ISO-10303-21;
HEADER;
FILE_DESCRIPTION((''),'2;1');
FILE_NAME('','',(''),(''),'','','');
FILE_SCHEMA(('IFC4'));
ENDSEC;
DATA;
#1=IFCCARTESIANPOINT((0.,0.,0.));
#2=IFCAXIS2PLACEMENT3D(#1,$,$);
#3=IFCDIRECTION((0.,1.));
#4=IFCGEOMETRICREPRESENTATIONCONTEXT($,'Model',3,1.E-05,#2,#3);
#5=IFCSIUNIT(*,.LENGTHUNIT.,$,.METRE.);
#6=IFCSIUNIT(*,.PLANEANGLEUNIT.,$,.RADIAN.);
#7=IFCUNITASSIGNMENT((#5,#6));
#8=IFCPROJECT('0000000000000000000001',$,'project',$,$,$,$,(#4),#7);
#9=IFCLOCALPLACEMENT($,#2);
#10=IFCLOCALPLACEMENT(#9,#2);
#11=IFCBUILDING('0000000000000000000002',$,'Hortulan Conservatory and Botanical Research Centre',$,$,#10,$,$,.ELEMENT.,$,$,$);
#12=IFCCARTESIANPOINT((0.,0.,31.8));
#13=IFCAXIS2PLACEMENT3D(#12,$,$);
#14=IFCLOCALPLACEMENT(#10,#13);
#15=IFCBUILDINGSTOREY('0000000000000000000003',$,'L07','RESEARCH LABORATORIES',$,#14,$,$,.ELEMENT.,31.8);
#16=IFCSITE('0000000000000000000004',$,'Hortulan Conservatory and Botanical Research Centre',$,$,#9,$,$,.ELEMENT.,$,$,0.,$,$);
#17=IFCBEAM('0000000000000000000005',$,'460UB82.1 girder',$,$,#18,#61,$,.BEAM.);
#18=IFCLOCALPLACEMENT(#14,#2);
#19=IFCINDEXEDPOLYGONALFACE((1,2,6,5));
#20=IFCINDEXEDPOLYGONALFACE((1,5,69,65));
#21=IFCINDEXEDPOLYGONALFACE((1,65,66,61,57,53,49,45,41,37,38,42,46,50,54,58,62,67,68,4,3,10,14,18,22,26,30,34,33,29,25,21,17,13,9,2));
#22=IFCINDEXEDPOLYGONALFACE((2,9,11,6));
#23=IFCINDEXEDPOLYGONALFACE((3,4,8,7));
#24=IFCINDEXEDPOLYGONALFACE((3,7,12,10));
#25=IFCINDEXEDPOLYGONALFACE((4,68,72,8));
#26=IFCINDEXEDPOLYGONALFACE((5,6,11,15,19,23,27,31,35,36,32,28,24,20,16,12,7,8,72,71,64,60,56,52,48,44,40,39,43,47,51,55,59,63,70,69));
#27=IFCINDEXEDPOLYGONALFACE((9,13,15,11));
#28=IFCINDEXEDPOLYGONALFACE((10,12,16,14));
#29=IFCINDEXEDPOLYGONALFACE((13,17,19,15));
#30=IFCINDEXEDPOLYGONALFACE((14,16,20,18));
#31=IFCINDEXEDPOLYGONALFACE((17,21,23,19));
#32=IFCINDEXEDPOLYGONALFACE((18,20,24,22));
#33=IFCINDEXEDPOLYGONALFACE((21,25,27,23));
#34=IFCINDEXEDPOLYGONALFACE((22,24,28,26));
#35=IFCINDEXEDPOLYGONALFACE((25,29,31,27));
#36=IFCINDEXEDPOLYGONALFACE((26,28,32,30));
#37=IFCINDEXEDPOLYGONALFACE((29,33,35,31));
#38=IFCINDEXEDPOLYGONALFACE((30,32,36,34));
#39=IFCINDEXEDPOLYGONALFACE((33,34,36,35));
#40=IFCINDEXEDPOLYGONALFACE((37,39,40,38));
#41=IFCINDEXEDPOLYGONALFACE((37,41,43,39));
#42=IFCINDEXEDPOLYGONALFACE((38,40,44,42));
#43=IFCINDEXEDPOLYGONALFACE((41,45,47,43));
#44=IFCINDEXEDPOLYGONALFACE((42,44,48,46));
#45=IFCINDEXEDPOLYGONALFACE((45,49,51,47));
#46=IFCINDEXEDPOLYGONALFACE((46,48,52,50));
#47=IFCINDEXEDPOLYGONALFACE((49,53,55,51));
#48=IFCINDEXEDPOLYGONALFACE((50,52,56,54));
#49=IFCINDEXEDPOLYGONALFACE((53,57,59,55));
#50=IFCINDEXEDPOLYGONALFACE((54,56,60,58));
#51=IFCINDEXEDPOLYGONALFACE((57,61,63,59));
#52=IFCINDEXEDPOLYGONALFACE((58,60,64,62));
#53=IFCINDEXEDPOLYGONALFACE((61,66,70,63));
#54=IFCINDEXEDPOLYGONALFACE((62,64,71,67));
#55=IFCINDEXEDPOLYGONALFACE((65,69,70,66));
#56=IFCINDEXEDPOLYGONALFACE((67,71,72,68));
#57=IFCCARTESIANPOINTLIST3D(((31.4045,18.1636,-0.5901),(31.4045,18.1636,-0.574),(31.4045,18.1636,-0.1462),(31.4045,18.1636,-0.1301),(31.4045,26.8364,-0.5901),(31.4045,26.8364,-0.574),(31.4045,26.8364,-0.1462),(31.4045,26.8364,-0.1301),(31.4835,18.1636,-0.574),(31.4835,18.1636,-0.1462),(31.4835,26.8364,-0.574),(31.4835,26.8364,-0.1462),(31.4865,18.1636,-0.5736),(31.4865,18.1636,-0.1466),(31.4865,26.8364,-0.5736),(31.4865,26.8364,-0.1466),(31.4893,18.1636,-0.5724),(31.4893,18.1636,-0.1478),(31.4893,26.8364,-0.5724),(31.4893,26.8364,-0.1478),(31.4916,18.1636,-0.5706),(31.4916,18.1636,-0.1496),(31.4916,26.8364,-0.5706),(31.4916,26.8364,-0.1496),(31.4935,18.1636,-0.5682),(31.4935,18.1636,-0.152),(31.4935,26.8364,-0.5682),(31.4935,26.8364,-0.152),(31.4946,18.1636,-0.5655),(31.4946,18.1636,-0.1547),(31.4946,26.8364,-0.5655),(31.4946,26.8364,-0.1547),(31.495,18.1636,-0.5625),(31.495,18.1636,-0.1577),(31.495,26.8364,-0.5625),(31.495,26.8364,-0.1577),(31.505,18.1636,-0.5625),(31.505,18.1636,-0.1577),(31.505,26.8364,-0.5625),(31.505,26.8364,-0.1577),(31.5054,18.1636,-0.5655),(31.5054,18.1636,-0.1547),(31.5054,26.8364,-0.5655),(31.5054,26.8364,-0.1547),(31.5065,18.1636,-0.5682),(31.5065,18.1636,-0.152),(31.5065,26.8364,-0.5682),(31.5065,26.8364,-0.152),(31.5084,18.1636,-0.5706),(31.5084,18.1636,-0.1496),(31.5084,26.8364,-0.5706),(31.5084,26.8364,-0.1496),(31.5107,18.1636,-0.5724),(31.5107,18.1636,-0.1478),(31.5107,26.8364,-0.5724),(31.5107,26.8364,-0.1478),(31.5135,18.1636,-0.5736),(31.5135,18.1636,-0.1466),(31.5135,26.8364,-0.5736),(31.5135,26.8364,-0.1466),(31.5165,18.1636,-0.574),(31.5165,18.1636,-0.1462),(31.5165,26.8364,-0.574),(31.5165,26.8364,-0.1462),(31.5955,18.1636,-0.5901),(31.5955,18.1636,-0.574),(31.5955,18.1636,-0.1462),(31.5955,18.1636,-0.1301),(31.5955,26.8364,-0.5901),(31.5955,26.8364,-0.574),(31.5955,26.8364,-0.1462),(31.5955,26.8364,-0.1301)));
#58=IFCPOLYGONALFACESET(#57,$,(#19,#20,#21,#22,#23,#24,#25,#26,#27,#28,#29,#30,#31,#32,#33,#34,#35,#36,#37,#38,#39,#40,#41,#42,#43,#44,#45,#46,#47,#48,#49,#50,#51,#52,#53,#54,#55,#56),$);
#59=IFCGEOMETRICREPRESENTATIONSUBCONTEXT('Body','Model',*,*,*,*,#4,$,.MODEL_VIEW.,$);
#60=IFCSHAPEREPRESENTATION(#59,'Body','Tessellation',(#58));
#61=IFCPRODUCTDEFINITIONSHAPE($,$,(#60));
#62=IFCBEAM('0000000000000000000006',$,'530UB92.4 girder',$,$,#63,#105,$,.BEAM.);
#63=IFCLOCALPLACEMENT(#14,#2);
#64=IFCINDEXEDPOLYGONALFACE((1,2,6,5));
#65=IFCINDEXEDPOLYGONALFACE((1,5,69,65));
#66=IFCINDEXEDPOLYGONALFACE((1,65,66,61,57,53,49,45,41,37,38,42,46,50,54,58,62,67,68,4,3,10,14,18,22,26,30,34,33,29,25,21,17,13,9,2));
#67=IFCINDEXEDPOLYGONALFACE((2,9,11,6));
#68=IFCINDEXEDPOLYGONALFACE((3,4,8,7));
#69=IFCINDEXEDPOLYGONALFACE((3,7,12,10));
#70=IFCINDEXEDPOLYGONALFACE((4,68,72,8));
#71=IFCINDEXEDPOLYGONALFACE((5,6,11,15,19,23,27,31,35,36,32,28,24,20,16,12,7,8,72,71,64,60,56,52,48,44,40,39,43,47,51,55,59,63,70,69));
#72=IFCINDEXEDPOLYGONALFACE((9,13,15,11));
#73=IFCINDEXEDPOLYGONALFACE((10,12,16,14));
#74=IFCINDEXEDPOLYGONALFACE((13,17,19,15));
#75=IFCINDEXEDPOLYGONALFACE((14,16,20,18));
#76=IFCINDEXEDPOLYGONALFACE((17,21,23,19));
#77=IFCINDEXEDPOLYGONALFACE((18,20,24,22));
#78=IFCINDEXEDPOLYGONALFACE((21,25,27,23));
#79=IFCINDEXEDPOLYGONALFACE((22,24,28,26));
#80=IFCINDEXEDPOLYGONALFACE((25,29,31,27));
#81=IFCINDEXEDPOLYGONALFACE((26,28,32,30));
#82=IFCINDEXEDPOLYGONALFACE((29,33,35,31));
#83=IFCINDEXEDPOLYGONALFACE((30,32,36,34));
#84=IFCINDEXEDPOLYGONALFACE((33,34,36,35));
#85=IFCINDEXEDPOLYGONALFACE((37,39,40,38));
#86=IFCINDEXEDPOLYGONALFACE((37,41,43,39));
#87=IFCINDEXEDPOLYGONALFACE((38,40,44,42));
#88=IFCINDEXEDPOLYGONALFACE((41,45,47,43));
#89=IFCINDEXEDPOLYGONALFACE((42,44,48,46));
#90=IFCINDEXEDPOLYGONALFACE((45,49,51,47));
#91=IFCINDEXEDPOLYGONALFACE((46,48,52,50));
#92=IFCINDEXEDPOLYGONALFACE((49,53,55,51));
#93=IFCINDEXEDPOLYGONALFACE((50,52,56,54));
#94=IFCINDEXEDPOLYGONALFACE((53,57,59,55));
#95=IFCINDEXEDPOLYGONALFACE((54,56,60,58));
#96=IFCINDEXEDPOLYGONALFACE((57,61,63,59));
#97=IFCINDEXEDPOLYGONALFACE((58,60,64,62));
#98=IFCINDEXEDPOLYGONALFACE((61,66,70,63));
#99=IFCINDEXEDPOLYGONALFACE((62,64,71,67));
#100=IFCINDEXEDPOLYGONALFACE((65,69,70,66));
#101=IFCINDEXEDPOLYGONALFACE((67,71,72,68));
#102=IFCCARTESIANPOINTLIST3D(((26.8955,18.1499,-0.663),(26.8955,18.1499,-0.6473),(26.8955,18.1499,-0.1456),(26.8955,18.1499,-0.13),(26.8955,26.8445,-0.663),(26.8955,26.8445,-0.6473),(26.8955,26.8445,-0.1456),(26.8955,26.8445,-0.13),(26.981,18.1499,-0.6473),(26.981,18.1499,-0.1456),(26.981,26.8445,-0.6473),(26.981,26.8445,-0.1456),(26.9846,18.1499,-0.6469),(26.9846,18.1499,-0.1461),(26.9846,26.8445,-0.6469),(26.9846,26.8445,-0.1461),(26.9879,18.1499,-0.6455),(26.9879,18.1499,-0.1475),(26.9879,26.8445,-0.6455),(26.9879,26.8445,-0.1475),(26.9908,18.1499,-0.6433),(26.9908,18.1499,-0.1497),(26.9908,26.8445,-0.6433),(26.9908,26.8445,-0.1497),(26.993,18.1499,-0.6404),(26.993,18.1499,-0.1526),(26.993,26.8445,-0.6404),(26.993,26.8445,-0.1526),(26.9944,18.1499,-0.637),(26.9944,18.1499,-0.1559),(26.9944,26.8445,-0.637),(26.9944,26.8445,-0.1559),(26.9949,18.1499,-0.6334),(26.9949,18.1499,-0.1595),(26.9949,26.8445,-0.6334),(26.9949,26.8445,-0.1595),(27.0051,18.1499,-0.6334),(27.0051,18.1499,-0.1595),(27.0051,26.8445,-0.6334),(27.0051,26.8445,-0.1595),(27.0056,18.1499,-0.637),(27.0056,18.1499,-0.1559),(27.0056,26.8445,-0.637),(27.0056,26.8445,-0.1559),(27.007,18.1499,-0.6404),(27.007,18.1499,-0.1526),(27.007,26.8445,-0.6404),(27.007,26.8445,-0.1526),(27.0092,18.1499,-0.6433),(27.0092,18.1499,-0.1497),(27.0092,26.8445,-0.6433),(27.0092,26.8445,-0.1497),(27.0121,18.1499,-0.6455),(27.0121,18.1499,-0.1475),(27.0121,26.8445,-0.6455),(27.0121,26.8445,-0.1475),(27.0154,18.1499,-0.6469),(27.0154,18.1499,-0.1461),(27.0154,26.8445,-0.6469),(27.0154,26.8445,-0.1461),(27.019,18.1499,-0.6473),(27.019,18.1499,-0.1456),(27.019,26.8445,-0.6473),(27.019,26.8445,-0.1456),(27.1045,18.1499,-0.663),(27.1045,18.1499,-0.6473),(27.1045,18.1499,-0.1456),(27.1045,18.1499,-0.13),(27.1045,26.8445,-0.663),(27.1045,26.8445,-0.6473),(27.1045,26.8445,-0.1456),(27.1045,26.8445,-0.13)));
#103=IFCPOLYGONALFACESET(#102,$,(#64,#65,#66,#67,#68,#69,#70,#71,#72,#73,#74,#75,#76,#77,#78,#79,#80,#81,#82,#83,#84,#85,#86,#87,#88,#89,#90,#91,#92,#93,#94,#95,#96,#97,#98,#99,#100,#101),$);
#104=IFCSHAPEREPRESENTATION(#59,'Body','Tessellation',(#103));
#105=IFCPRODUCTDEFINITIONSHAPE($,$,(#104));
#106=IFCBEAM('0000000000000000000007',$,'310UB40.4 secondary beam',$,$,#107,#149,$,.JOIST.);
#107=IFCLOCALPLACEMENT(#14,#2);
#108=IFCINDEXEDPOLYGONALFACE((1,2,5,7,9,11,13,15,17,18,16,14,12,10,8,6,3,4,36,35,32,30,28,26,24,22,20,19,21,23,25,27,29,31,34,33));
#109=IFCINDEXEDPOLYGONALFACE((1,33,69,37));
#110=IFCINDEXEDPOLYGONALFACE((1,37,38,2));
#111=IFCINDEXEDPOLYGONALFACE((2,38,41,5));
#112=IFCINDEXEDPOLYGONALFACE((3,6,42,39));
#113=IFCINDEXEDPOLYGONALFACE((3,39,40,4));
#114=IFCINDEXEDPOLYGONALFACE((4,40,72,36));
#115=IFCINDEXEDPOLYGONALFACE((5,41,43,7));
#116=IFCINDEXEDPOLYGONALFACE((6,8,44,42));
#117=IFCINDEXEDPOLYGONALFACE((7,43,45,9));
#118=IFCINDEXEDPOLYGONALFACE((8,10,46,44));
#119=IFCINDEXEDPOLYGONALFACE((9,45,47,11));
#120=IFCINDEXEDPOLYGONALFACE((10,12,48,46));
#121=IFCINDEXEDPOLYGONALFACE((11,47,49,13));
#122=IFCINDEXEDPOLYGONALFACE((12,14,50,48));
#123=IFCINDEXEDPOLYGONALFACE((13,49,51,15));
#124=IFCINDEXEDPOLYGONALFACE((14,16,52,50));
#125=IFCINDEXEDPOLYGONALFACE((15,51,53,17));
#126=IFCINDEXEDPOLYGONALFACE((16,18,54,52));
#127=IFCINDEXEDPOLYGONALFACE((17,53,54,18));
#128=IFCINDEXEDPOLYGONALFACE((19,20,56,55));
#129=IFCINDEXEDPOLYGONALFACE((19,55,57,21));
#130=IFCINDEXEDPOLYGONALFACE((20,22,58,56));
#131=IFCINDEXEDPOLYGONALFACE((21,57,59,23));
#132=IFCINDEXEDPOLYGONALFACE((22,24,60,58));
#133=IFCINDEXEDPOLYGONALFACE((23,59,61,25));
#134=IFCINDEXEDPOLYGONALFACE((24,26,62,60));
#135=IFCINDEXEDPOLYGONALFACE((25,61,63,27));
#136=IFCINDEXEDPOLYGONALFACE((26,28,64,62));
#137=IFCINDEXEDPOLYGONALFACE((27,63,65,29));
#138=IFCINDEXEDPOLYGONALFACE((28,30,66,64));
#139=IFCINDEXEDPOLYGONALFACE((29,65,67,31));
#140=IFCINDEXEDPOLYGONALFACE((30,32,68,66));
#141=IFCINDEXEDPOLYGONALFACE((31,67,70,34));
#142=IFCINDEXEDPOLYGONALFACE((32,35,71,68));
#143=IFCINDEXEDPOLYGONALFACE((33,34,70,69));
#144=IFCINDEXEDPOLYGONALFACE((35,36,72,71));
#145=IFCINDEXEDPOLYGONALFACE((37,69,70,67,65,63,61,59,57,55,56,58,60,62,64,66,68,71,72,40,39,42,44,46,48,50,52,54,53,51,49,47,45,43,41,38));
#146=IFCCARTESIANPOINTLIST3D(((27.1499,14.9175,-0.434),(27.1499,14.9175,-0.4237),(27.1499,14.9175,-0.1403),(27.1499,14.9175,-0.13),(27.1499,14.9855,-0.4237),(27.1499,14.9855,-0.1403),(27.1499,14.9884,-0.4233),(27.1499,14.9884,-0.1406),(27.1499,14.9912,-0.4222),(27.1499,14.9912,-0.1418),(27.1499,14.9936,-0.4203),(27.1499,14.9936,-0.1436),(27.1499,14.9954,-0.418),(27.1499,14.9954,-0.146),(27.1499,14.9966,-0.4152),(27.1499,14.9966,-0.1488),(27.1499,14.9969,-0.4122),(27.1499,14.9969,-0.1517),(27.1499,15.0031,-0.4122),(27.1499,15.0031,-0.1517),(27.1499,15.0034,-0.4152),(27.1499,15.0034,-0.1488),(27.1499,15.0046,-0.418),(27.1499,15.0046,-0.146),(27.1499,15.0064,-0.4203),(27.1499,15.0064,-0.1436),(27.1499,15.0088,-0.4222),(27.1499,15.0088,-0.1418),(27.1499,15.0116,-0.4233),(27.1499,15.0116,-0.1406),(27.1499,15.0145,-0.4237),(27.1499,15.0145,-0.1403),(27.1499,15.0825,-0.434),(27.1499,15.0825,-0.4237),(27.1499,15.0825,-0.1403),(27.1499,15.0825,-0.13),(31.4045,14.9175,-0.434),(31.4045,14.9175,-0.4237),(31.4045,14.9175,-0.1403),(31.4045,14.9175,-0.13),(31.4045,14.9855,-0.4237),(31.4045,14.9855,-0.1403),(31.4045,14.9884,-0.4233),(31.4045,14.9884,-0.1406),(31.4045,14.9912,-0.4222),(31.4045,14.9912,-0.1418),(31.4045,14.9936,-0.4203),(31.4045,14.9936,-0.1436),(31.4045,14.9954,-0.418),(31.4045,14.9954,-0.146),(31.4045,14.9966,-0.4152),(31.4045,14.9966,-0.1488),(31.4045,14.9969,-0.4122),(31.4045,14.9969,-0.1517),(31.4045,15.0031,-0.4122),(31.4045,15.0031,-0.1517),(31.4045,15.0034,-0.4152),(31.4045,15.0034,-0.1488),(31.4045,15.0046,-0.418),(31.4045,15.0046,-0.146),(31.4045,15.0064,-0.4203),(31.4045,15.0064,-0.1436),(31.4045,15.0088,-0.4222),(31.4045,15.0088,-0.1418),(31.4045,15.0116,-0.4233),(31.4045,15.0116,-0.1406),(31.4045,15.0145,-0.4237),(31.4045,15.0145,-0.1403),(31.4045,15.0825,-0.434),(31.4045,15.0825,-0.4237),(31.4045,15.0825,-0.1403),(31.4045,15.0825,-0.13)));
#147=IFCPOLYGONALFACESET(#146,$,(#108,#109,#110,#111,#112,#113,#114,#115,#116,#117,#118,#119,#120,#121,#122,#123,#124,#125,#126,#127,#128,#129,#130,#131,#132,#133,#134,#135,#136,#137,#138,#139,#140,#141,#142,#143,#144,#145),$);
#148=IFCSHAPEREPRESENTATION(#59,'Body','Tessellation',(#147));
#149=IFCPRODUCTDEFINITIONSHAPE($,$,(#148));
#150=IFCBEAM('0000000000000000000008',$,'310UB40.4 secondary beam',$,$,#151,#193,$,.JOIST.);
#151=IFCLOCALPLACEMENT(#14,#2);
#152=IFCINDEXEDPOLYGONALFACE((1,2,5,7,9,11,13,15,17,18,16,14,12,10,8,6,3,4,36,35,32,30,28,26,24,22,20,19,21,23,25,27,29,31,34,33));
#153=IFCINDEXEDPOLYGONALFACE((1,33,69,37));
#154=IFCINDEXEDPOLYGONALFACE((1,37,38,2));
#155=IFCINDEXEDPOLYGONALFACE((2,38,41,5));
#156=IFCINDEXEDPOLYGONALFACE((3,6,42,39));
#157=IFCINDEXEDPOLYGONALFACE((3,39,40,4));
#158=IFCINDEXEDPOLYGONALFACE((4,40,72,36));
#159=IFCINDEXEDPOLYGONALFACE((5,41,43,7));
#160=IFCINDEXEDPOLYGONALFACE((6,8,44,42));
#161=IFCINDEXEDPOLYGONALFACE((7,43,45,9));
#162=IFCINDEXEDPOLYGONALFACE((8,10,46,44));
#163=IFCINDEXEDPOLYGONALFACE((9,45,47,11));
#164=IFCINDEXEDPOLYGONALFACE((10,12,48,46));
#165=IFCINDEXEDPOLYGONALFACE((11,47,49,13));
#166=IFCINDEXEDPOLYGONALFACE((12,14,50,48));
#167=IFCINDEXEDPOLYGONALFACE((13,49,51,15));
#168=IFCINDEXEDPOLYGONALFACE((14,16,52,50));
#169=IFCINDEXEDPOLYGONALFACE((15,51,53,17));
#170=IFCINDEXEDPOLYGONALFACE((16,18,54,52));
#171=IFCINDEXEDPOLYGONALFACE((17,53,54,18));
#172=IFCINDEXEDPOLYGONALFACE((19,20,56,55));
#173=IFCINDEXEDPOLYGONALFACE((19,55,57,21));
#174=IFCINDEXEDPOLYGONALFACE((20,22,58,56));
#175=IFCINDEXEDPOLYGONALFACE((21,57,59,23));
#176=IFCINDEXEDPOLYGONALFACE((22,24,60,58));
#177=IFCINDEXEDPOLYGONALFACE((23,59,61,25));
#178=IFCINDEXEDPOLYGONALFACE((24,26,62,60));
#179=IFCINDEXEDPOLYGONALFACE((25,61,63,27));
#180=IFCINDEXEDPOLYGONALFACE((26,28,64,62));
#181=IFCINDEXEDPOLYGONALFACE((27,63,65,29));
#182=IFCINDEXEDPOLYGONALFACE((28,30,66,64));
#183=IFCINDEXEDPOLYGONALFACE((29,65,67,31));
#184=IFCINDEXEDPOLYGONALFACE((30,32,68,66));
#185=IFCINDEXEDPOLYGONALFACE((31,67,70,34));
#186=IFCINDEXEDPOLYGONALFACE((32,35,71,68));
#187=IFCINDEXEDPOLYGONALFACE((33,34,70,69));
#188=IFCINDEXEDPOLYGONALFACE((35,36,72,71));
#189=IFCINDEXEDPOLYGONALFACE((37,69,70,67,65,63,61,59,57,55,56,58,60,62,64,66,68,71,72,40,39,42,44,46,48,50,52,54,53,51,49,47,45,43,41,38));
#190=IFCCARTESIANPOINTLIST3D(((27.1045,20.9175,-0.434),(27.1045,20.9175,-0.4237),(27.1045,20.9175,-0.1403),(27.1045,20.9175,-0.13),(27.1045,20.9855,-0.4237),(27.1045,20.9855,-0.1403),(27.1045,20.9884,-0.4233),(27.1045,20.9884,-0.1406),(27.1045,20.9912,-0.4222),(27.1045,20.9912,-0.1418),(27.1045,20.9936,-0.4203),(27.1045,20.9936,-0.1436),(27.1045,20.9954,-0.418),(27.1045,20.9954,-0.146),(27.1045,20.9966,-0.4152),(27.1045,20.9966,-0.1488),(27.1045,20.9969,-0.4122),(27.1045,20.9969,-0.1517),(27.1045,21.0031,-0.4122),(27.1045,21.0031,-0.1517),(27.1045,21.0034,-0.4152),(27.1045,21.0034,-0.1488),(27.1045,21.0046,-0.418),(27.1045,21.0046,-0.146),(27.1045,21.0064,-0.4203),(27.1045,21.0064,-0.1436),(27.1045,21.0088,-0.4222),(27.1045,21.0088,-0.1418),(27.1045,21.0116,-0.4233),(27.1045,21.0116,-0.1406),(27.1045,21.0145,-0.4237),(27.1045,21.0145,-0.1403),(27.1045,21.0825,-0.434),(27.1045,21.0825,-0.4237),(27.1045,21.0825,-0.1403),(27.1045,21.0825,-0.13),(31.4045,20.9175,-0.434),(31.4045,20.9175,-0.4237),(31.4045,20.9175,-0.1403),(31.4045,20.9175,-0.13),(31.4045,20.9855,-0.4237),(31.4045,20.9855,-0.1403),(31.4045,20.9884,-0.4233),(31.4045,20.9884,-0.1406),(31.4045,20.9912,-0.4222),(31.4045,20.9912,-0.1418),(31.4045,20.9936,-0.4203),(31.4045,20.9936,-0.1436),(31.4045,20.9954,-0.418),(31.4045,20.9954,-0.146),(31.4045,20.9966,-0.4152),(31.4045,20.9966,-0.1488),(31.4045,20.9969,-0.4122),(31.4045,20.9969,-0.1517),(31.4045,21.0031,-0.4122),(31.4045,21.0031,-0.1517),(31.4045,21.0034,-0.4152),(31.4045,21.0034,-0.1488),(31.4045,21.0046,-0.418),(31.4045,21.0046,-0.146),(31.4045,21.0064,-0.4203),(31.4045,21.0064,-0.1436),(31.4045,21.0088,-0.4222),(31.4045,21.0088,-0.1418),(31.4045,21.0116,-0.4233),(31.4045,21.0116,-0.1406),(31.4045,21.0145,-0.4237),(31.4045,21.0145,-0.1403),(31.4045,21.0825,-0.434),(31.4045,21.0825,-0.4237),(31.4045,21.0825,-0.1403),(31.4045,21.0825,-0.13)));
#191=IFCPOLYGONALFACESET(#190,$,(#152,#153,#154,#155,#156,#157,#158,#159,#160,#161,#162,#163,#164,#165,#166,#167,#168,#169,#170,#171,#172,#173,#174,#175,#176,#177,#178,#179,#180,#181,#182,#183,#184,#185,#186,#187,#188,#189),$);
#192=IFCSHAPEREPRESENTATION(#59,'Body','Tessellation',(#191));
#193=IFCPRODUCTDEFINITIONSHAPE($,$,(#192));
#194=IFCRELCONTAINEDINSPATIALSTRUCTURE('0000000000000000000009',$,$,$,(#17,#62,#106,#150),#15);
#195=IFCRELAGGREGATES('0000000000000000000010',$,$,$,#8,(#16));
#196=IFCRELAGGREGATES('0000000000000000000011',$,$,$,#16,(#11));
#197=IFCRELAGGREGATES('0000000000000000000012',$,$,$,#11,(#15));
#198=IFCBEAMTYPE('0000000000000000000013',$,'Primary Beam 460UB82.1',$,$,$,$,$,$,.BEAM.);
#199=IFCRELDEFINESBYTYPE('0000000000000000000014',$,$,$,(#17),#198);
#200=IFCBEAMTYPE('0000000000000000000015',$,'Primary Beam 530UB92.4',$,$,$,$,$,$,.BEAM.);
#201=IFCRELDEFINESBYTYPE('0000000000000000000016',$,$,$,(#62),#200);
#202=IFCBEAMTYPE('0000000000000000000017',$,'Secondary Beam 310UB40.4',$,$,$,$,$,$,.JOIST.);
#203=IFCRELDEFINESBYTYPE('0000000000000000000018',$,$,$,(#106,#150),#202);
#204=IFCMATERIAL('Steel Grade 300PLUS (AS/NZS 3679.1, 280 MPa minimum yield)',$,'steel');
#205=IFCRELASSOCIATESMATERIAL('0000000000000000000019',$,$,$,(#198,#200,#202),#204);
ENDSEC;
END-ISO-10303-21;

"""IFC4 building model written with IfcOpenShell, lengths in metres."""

from ifc_helpers import new_model, si_unit, direction, frame, origin, origin_2d, place, context, subcontext, project, spatial, i_section, extrude, material, material_profile, profile_set, type_object, element, save


model = new_model("IFC4")

# Units and contexts
model_context = context("Model", 3, precision=1e-05, world=origin(), true_north=direction((0.0, 1.0)))
body_context = subcontext(model_context, "Body", "Model", "MODEL_VIEW")
ifc_project = project(units=[si_unit("LENGTHUNIT", "METRE"), si_unit("PLANEANGLEUNIT", "RADIAN")], contexts=[model_context])

# Site, building, storey
site_placement = place(None, origin())
site = spatial("IfcSite", under=ifc_project, at=site_placement, Name="Hortulan Conservatory and Botanical Research Centre", CompositionType="ELEMENT", RefElevation=0.0)
building_placement = place(site_placement, origin())
building = spatial("IfcBuilding", under=site, at=building_placement, Name="Hortulan Conservatory and Botanical Research Centre", CompositionType="ELEMENT")
storey_placement = place(building_placement, frame((0.0, 0.0, 31.8)))
storey = spatial("IfcBuildingStorey", under=building, at=storey_placement, Name="L07", Description="RESEARCH LABORATORIES", CompositionType="ELEMENT", Elevation=31.8)

# Shared definitions
ifc_material_1 = material(Name="Steel Grade 300PLUS (AS/NZS 3679.1, 280 MPa minimum yield)", Category="steel")

# Beams
ifc_material_profile_1 = material_profile(ifc_material_1, i_section(OverallWidth=0.1909, OverallDepth=0.46, WebThickness=0.01, FlangeThickness=0.0161, FilletRadius=0.0115, at=origin_2d()), Name="460UB82.1")
ifc_profile_set_1 = profile_set([ifc_material_profile_1], Name="Steel Grade 300PLUS (AS/NZS 3679.1, 280 MPa minimum yield)")
beam_type_1 = type_object("IfcBeamType", Name="Primary Beam 460UB82.1", PredefinedType="BEAM", material=ifc_profile_set_1)
beam_1_placement = place(storey_placement, frame((31.5, 18.1636, -0.3601), z_axis=(0.0, 1.0, 0.0), x_axis=(-1.0, 0.0, 0.0)))
element("IfcBeam", 1, at=beam_1_placement, inside=storey, type_object=beam_type_1, Name="460UB82.1 girder", PredefinedType="BEAM", context=body_context, shape_type="SweptSolid", body=[
    extrude(i_section(OverallWidth=0.1909, OverallDepth=0.46, WebThickness=0.01, FlangeThickness=0.0161, FilletRadius=0.0115, at=origin_2d()), origin(), (0.0, 0.0, 1.0), 8.6729),
])
ifc_material_profile_2 = material_profile(ifc_material_1, i_section(OverallWidth=0.209, OverallDepth=0.533, WebThickness=0.0103, FlangeThickness=0.0156, FilletRadius=0.0139, at=origin_2d()), Name="530UB92.4")
ifc_profile_set_2 = profile_set([ifc_material_profile_2], Name="Steel Grade 300PLUS (AS/NZS 3679.1, 280 MPa minimum yield)")
beam_type_2 = type_object("IfcBeamType", Name="Primary Beam 530UB92.4", PredefinedType="BEAM", material=ifc_profile_set_2)
beam_2_placement = place(storey_placement, frame((27.0, 18.1499, -0.3965), z_axis=(0.0, 1.0, 0.0), x_axis=(-1.0, 0.0, 0.0)))
element("IfcBeam", 2, at=beam_2_placement, inside=storey, type_object=beam_type_2, Name="530UB92.4 girder", PredefinedType="BEAM", context=body_context, shape_type="SweptSolid", body=[
    extrude(i_section(OverallWidth=0.209, OverallDepth=0.533, WebThickness=0.0103, FlangeThickness=0.0156, FilletRadius=0.0139, at=origin_2d()), origin(), (0.0, 0.0, 1.0), 8.6946),
])
ifc_material_profile_3 = material_profile(ifc_material_1, i_section(OverallWidth=0.165, OverallDepth=0.304, WebThickness=0.0061, FlangeThickness=0.0103, FilletRadius=0.0115, at=origin_2d()), Name="310UB40.4")
ifc_profile_set_3 = profile_set([ifc_material_profile_3], Name="Steel Grade 300PLUS (AS/NZS 3679.1, 280 MPa minimum yield)")
beam_type_3 = type_object("IfcBeamType", Name="Secondary Beam 310UB40.4", PredefinedType="JOIST", material=ifc_profile_set_3)
beam_3_placement = place(storey_placement, frame((27.1499, 15.0, -0.282), z_axis=(1.0, 0.0, 0.0), x_axis=(0.0, 1.0, 0.0)))
element("IfcBeam", 3, at=beam_3_placement, inside=storey, type_object=beam_type_3, Name="310UB40.4 secondary beam", PredefinedType="JOIST", context=body_context, shape_type="SweptSolid", body=[
    extrude(i_section(OverallWidth=0.165, OverallDepth=0.304, WebThickness=0.0061, FlangeThickness=0.0103, FilletRadius=0.0115, at=origin_2d()), origin(), (0.0, 0.0, 1.0), 4.2546),
])
beam_4_placement = place(storey_placement, frame((27.1045, 21.0, -0.282), z_axis=(1.0, 0.0, 0.0), x_axis=(0.0, 1.0, 0.0)))
element("IfcBeam", 4, at=beam_4_placement, inside=storey, type_object=beam_type_3, Name="310UB40.4 secondary beam", PredefinedType="JOIST", context=body_context, shape_type="SweptSolid", body=[
    extrude(i_section(OverallWidth=0.165, OverallDepth=0.304, WebThickness=0.0061, FlangeThickness=0.0103, FilletRadius=0.0115, at=origin_2d()), origin(), (0.0, 0.0, 1.0), 4.3),
])

save(model, "model.ifc")
